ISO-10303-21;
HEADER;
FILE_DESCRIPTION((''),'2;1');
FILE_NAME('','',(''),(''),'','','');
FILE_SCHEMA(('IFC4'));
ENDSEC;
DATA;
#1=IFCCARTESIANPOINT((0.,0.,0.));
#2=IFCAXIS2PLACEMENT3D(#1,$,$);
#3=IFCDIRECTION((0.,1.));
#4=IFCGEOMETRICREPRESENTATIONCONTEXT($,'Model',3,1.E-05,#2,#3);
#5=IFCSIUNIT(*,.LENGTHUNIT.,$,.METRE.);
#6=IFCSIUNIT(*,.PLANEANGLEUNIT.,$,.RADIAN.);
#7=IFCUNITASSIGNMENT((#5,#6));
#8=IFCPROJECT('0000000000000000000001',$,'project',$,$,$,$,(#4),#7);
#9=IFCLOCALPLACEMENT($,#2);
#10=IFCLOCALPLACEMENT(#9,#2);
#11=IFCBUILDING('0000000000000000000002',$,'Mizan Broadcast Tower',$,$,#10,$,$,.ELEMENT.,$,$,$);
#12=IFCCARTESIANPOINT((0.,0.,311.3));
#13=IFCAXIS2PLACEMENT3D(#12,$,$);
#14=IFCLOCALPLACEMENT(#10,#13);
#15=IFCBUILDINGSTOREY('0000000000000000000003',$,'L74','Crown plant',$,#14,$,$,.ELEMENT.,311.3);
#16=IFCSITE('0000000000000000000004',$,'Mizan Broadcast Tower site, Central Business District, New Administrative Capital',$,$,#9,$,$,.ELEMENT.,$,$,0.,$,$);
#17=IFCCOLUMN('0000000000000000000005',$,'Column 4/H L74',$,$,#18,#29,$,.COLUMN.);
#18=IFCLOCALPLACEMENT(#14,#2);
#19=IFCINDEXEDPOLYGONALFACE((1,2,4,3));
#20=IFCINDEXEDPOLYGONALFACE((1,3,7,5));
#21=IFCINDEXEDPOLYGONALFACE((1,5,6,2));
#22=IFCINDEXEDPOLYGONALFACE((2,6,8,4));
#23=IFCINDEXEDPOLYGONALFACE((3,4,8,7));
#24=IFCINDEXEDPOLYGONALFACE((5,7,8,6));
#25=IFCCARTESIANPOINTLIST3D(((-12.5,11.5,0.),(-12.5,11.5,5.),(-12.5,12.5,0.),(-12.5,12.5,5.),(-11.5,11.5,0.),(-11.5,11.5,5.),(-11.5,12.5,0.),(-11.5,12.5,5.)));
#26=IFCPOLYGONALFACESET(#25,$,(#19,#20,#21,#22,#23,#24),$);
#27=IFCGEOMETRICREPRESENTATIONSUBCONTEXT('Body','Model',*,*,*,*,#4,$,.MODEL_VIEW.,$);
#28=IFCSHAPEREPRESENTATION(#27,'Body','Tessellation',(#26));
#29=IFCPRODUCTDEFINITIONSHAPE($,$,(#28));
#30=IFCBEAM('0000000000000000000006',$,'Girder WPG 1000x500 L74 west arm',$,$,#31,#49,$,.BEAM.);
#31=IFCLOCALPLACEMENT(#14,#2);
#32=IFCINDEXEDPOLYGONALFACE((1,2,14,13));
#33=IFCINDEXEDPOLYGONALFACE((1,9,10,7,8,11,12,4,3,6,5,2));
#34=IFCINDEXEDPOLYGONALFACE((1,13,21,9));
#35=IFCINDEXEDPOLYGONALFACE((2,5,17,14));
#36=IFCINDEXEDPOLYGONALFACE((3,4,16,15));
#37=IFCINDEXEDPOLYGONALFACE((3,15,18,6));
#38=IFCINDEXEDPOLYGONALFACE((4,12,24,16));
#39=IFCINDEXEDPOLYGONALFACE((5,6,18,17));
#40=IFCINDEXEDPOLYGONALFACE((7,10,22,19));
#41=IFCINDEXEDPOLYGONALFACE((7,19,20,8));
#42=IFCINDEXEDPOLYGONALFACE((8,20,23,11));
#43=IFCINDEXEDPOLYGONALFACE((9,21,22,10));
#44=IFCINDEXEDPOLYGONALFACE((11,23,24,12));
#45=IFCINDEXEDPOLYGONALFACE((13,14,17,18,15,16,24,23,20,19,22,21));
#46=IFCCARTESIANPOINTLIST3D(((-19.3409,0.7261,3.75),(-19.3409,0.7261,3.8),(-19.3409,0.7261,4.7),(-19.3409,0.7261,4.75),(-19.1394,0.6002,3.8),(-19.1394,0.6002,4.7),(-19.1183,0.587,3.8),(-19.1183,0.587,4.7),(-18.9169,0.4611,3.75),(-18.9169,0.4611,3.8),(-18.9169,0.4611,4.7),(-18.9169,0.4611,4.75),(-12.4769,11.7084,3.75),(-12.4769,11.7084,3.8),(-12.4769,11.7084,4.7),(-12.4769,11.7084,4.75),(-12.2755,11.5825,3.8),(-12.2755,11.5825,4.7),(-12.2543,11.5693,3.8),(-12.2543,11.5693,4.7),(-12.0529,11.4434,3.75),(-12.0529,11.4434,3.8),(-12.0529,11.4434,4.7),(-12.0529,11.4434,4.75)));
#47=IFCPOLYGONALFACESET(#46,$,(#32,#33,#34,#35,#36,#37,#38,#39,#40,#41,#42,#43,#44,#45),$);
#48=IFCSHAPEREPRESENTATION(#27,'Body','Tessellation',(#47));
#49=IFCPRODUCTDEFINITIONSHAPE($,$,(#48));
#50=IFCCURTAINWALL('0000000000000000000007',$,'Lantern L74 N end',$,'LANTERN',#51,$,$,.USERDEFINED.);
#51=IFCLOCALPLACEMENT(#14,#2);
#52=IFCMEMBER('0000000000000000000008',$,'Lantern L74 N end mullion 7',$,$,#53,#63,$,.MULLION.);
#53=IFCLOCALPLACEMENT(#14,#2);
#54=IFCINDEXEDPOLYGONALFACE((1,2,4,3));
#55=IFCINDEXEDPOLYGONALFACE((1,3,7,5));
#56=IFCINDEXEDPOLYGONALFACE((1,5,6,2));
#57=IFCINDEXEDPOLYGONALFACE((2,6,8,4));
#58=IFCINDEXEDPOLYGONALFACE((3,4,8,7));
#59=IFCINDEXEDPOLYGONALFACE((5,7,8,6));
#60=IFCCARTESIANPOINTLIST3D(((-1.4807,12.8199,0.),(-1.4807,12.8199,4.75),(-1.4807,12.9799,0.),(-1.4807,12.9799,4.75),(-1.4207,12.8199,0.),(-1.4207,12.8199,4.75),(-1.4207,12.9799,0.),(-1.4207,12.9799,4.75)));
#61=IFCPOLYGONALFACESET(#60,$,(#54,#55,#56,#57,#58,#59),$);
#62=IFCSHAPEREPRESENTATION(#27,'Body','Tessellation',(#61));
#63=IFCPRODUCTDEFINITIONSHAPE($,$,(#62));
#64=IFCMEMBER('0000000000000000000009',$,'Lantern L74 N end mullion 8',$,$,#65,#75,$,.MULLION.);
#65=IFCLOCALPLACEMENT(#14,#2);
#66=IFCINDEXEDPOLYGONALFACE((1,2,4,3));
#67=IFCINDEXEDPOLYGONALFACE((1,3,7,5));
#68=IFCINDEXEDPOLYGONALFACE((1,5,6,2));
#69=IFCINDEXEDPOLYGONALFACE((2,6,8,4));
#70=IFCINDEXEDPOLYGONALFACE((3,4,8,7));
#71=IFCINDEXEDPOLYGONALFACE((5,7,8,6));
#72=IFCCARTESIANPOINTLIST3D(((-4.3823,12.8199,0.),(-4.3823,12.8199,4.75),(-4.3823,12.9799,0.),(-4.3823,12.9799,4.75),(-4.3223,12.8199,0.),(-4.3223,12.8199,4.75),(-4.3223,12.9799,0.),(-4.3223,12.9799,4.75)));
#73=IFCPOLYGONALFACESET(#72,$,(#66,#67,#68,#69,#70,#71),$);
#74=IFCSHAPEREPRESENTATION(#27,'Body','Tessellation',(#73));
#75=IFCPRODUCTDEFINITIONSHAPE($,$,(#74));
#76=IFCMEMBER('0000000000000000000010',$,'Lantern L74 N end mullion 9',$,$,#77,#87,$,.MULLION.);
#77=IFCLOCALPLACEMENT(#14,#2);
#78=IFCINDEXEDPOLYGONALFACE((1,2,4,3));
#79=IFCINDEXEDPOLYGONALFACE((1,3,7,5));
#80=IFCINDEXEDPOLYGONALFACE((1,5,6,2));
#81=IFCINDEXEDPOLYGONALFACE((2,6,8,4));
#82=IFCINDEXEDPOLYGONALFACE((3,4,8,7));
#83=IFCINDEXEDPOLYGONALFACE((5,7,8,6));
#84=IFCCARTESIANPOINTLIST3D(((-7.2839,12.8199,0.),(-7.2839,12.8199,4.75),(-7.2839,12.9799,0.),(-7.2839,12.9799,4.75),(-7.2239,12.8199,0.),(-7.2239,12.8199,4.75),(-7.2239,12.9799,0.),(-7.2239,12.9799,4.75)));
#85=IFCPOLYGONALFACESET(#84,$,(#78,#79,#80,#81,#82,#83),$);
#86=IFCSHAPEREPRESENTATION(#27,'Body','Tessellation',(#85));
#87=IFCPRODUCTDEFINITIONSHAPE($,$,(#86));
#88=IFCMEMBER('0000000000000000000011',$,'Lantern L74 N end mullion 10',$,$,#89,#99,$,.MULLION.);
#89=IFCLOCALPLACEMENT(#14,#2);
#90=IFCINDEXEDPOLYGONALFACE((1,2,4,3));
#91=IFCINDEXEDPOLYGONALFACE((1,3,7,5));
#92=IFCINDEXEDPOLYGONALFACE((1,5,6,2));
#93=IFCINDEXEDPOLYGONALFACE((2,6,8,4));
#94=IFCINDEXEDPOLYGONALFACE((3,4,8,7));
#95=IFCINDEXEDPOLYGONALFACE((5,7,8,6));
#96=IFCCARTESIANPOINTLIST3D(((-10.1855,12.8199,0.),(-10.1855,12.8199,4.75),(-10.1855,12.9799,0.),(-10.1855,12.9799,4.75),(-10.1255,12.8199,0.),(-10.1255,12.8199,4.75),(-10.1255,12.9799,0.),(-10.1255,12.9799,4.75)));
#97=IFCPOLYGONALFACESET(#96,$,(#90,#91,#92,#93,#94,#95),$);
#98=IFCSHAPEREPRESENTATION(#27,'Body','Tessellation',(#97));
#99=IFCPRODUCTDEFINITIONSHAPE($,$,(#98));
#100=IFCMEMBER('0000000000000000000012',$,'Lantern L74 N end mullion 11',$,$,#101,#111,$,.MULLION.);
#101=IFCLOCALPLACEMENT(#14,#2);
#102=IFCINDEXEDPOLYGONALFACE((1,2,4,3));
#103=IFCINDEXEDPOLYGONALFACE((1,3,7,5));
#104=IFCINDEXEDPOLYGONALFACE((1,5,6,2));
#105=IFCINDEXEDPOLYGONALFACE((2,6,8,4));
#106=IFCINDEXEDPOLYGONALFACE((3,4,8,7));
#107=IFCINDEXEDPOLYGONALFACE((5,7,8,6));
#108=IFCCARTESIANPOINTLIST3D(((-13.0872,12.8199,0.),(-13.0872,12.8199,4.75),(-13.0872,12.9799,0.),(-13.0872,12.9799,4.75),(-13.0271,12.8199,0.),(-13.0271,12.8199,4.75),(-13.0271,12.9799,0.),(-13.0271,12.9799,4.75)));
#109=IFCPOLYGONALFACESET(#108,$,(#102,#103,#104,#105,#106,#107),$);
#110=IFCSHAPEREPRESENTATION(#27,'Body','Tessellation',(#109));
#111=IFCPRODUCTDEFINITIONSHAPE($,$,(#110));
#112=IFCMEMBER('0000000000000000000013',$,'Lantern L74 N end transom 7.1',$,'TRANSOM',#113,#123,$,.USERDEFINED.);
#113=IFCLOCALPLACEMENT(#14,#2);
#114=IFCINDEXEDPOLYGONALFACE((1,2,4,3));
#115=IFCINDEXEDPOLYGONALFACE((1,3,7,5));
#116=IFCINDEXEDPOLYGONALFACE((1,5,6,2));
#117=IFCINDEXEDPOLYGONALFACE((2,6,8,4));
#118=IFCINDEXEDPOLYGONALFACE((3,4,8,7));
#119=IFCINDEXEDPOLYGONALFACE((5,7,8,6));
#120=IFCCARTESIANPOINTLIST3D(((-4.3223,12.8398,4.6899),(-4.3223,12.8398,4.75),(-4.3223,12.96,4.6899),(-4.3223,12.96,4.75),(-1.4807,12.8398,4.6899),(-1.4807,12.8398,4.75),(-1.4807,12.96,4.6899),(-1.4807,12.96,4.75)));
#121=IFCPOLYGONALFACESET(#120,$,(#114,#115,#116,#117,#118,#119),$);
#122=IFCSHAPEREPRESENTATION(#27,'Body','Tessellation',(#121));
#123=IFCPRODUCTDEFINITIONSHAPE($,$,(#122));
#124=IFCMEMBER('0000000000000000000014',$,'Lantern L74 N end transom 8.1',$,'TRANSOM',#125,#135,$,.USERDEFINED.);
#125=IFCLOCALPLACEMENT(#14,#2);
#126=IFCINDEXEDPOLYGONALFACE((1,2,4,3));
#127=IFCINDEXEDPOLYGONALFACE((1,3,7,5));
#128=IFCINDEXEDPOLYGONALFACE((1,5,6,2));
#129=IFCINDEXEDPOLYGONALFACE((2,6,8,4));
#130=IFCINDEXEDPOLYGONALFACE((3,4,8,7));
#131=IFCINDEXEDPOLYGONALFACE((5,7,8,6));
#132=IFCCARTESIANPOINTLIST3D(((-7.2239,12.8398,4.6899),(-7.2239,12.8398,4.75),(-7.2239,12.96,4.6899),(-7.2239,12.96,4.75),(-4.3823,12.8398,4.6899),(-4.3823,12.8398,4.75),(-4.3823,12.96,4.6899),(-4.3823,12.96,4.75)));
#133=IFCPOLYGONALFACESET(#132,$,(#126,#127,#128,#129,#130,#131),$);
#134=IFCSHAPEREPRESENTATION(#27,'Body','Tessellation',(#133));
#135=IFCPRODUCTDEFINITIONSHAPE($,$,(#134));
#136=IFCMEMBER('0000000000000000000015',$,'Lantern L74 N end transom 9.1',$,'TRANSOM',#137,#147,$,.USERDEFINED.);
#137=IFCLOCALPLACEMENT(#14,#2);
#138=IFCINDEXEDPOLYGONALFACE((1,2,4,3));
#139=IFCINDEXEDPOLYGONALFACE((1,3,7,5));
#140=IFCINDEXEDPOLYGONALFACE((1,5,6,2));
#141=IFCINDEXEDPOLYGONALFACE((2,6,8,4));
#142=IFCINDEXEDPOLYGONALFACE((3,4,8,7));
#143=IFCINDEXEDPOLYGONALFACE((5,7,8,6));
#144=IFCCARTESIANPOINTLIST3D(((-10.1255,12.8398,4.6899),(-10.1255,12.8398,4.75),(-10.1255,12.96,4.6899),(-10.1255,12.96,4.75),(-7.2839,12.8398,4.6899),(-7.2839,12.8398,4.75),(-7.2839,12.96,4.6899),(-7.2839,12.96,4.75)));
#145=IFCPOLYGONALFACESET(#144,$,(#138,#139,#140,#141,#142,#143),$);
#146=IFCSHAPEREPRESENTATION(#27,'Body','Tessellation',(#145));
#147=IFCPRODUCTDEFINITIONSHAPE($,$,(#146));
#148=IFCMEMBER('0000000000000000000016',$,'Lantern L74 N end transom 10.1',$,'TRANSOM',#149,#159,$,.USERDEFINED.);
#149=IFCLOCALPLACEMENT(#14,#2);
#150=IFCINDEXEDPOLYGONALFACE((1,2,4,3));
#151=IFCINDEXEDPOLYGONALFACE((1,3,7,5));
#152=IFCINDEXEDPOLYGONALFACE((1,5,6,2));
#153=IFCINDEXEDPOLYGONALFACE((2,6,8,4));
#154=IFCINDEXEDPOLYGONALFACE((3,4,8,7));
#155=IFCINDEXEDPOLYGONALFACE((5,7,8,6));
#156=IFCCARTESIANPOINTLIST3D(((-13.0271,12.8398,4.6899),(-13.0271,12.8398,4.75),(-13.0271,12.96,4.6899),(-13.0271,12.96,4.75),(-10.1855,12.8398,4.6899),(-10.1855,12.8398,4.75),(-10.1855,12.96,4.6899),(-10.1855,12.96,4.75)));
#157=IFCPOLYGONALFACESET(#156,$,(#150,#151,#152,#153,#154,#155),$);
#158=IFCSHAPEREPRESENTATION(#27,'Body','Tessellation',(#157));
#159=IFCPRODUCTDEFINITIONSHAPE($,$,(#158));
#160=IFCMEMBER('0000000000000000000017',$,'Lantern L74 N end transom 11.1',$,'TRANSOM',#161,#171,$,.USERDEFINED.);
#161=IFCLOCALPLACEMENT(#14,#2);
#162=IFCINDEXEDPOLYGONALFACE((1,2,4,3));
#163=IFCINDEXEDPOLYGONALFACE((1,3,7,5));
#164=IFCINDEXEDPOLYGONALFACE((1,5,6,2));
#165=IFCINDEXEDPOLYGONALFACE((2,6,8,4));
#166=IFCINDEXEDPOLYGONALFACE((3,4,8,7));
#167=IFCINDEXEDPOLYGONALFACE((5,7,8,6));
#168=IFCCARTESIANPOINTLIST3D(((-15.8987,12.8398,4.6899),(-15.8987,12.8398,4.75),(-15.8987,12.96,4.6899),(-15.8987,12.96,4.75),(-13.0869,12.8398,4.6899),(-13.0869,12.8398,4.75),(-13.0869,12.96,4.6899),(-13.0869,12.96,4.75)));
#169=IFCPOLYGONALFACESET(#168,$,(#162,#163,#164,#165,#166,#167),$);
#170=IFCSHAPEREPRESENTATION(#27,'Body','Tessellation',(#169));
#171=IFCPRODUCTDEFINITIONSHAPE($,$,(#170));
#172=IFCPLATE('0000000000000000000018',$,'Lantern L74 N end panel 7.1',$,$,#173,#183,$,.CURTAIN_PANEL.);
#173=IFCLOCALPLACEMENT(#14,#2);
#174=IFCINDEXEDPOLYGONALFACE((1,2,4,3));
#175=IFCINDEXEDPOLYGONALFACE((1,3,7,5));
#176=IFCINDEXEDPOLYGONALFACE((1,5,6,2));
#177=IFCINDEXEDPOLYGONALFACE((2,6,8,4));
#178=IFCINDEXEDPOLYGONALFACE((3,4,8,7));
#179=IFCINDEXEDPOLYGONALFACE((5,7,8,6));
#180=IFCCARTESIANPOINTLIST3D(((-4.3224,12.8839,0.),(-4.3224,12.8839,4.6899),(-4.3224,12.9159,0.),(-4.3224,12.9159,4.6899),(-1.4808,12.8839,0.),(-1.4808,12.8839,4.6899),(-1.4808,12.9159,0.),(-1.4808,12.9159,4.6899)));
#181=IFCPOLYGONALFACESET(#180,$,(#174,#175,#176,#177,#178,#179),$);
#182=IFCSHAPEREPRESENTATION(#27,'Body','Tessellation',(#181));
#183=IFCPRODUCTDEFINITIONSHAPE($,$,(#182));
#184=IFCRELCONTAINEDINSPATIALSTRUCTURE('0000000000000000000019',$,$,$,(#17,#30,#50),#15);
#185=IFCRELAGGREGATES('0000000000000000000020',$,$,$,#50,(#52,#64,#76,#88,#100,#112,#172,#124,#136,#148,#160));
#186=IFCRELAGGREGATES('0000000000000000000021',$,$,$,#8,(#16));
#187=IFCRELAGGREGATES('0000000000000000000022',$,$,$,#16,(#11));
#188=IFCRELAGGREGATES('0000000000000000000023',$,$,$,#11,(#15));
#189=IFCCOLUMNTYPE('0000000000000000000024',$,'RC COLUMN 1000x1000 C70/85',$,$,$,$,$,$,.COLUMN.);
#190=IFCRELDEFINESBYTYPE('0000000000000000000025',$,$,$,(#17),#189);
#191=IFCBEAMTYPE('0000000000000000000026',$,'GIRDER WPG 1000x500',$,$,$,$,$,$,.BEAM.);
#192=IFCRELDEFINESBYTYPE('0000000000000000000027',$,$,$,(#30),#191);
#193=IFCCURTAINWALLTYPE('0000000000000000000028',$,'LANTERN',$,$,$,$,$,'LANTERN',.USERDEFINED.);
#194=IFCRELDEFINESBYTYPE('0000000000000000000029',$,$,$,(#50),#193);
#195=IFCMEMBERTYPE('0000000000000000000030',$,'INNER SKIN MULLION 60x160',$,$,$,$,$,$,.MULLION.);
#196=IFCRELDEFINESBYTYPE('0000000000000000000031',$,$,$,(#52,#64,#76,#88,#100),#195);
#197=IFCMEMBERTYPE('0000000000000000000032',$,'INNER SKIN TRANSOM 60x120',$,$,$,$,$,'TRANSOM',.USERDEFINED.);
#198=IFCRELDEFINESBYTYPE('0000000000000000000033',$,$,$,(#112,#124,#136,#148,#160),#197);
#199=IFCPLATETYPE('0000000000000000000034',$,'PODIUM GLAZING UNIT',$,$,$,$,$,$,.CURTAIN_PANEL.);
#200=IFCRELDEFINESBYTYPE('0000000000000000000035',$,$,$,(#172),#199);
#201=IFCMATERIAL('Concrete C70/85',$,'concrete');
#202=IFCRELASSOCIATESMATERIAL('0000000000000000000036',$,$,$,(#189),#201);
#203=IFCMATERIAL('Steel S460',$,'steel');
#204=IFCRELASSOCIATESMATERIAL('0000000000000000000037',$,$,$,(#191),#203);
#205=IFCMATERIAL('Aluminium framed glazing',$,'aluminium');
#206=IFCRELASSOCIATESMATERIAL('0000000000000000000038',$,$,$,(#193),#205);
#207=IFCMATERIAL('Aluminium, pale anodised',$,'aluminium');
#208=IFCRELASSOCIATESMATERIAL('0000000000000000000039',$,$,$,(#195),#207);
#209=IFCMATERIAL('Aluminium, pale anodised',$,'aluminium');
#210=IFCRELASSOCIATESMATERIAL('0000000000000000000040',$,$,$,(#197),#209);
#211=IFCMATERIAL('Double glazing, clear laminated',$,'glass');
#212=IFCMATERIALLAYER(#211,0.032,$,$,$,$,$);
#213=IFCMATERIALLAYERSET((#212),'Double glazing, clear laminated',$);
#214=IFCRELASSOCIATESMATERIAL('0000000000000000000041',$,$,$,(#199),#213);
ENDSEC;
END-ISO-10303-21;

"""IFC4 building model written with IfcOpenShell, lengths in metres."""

from ifc_helpers import new_model, si_unit, direction, frame, origin, origin_2d, place, context, subcontext, project, spatial, rectangle, i_section, extrude, material, layer, layer_set, material_profile, profile_set, type_object, element, aggregate, save


model = new_model("IFC4")

# Units and contexts
model_context = context("Model", 3, precision=1e-05, world=origin(), true_north=direction((0.0, 1.0)))
body_context = subcontext(model_context, "Body", "Model", "MODEL_VIEW")
ifc_project = project(units=[si_unit("LENGTHUNIT", "METRE"), si_unit("PLANEANGLEUNIT", "RADIAN")], contexts=[model_context])

# Site, building, storey
site_placement = place(None, origin())
site = spatial("IfcSite", under=ifc_project, at=site_placement, Name="Mizan Broadcast Tower site, Central Business District, New Administrative Capital", CompositionType="ELEMENT", RefElevation=0.0)
building_placement = place(site_placement, origin())
building = spatial("IfcBuilding", under=site, at=building_placement, Name="Mizan Broadcast Tower", CompositionType="ELEMENT")
storey_placement = place(building_placement, frame((0.0, 0.0, 311.3)))
storey = spatial("IfcBuildingStorey", under=building, at=storey_placement, Name="L74", Description="Crown plant", CompositionType="ELEMENT", Elevation=311.3)

# Column
ifc_material_1 = material(Name="Concrete C70/85", Category="concrete")
ifc_material_profile_1 = material_profile(ifc_material_1, rectangle(XDim=1.0, YDim=1.0, at=origin_2d()), Name="RC 1000x1000")
ifc_profile_set_1 = profile_set([ifc_material_profile_1], Name="Concrete C70/85")
column_type = type_object("IfcColumnType", Name="RC COLUMN 1000x1000 C70/85", PredefinedType="COLUMN", material=ifc_profile_set_1)
column_placement = place(storey_placement, frame((-12.0, 12.0, 0.0), z_axis=(0.0, 0.0, 1.0), x_axis=(1.0, 0.0, 0.0)))
element("IfcColumn", 1, at=column_placement, inside=storey, type_object=column_type, Name="Column 4/H L74", PredefinedType="COLUMN", context=body_context, shape_type="SweptSolid", body=[
    extrude(rectangle(XDim=1.0, YDim=1.0, at=origin_2d()), origin(), (0.0, 0.0, 1.0), 5.0),
])

# Beam
ifc_material_2 = material(Name="Steel S460", Category="steel")
ifc_material_profile_2 = material_profile(ifc_material_2, i_section(OverallWidth=0.5, OverallDepth=1.0, WebThickness=0.0249, FlangeThickness=0.05, at=origin_2d()), Name="WPG 1000x500")
ifc_profile_set_2 = profile_set([ifc_material_profile_2], Name="Steel S460")
beam_type = type_object("IfcBeamType", Name="GIRDER WPG 1000x500", PredefinedType="BEAM", material=ifc_profile_set_2)
beam_placement = place(storey_placement, frame((-12.2649, 11.5759, 4.25), z_axis=(-0.529999, -0.847998, 0.0), x_axis=(0.847998, -0.529999, 0.0)))
element("IfcBeam", 2, at=beam_placement, inside=storey, type_object=beam_type, Name="Girder WPG 1000x500 L74 west arm", PredefinedType="BEAM", context=body_context, shape_type="SweptSolid", body=[
    extrude(i_section(OverallWidth=0.5, OverallDepth=1.0, WebThickness=0.0249, FlangeThickness=0.05, at=origin_2d()), origin(), (0.0, 0.0, 1.0), 12.9509),
])

# Curtain wall, members, plate
ifc_material_3 = material(Name="Aluminium framed glazing", Category="aluminium")
curtain_wall_type = type_object("IfcCurtainWallType", Name="LANTERN", ElementType="LANTERN", PredefinedType="USERDEFINED", material=ifc_material_3)
curtain_wall_placement = place(storey_placement, origin())
curtain_wall = element("IfcCurtainWall", 3, at=curtain_wall_placement, inside=storey, type_object=curtain_wall_type, Name="Lantern L74 N end", ObjectType="LANTERN", PredefinedType="USERDEFINED")
ifc_material_4 = material(Name="Aluminium, pale anodised", Category="aluminium")
ifc_material_profile_3 = material_profile(ifc_material_4, rectangle(XDim=0.1599, YDim=0.0601, at=origin_2d()), Name="MULLION 160x60")
ifc_profile_set_3 = profile_set([ifc_material_profile_3], Name="Aluminium, pale anodised")
member_type_1 = type_object("IfcMemberType", Name="INNER SKIN MULLION 60x160", PredefinedType="MULLION", material=ifc_profile_set_3)
member_1_placement = place(storey_placement, frame((-1.4507, 12.8999, 0.0), z_axis=(0.0, 0.0, 1.0), x_axis=(0.0, -1.0, 0.0)))
member_1 = element("IfcMember", 4, at=member_1_placement, type_object=member_type_1, Name="Lantern L74 N end mullion 7", PredefinedType="MULLION", context=body_context, shape_type="SweptSolid", body=[
    extrude(rectangle(XDim=0.1599, YDim=0.0601, at=origin_2d()), origin(), (0.0, 0.0, 1.0), 4.75),
])
member_2_placement = place(storey_placement, frame((-4.3523, 12.8999, 0.0), z_axis=(0.0, 0.0, 1.0), x_axis=(0.0, -1.0, 0.0)))
member_2 = element("IfcMember", 5, at=member_2_placement, type_object=member_type_1, Name="Lantern L74 N end mullion 8", PredefinedType="MULLION", context=body_context, shape_type="SweptSolid", body=[
    extrude(rectangle(XDim=0.1599, YDim=0.0601, at=origin_2d()), origin(), (0.0, 0.0, 1.0), 4.75),
])
member_3_placement = place(storey_placement, frame((-7.2539, 12.8999, 0.0), z_axis=(0.0, 0.0, 1.0), x_axis=(0.0, -1.0, 0.0)))
member_3 = element("IfcMember", 6, at=member_3_placement, type_object=member_type_1, Name="Lantern L74 N end mullion 9", PredefinedType="MULLION", context=body_context, shape_type="SweptSolid", body=[
    extrude(rectangle(XDim=0.1599, YDim=0.0601, at=origin_2d()), origin(), (0.0, 0.0, 1.0), 4.75),
])
member_4_placement = place(storey_placement, frame((-10.1555, 12.8999, 0.0), z_axis=(0.0, 0.0, 1.0), x_axis=(0.0, -1.0, 0.0)))
member_4 = element("IfcMember", 7, at=member_4_placement, type_object=member_type_1, Name="Lantern L74 N end mullion 10", PredefinedType="MULLION", context=body_context, shape_type="SweptSolid", body=[
    extrude(rectangle(XDim=0.1599, YDim=0.0601, at=origin_2d()), origin(), (0.0, 0.0, 1.0), 4.75),
])
member_5_placement = place(storey_placement, frame((-13.0571, 12.8999, 0.0), z_axis=(0.0, 0.0, 1.0), x_axis=(0.0, -1.0, 0.0)))
member_5 = element("IfcMember", 8, at=member_5_placement, type_object=member_type_1, Name="Lantern L74 N end mullion 11", PredefinedType="MULLION", context=body_context, shape_type="SweptSolid", body=[
    extrude(rectangle(XDim=0.1599, YDim=0.0601, at=origin_2d()), origin(), (0.0, 0.0, 1.0), 4.75),
])
ifc_material_5 = material(Name="Aluminium, pale anodised", Category="aluminium")
ifc_material_profile_4 = material_profile(ifc_material_5, rectangle(XDim=0.1201, YDim=0.0601, at=origin_2d()), Name="TRANSOM 120x60")
ifc_profile_set_4 = profile_set([ifc_material_profile_4], Name="Aluminium, pale anodised")
member_type_2 = type_object("IfcMemberType", Name="INNER SKIN TRANSOM 60x120", ElementType="TRANSOM", PredefinedType="USERDEFINED", material=ifc_profile_set_4)
member_6_placement = place(storey_placement, frame((-1.4807, 12.8999, 4.72), z_axis=(-1.0, 0.0, 0.0), x_axis=(0.0, -1.0, 0.0)))
member_6 = element("IfcMember", 9, at=member_6_placement, type_object=member_type_2, Name="Lantern L74 N end transom 7.1", ObjectType="TRANSOM", PredefinedType="USERDEFINED", context=body_context, shape_type="SweptSolid", body=[
    extrude(rectangle(XDim=0.1201, YDim=0.0601, at=origin_2d()), origin(), (0.0, 0.0, 1.0), 2.8416),
])
member_7_placement = place(storey_placement, frame((-4.3823, 12.8999, 4.72), z_axis=(-1.0, 0.0, 0.0), x_axis=(0.0, -1.0, 0.0)))
member_7 = element("IfcMember", 10, at=member_7_placement, type_object=member_type_2, Name="Lantern L74 N end transom 8.1", ObjectType="TRANSOM", PredefinedType="USERDEFINED", context=body_context, shape_type="SweptSolid", body=[
    extrude(rectangle(XDim=0.1201, YDim=0.0601, at=origin_2d()), origin(), (0.0, 0.0, 1.0), 2.8416),
])
member_8_placement = place(storey_placement, frame((-7.2839, 12.8999, 4.72), z_axis=(-1.0, 0.0, 0.0), x_axis=(0.0, -1.0, 0.0)))
member_8 = element("IfcMember", 11, at=member_8_placement, type_object=member_type_2, Name="Lantern L74 N end transom 9.1", ObjectType="TRANSOM", PredefinedType="USERDEFINED", context=body_context, shape_type="SweptSolid", body=[
    extrude(rectangle(XDim=0.1201, YDim=0.0601, at=origin_2d()), origin(), (0.0, 0.0, 1.0), 2.8416),
])
member_9_placement = place(storey_placement, frame((-10.1855, 12.8999, 4.72), z_axis=(-1.0, 0.0, 0.0), x_axis=(0.0, -1.0, 0.0)))
member_9 = element("IfcMember", 12, at=member_9_placement, type_object=member_type_2, Name="Lantern L74 N end transom 10.1", ObjectType="TRANSOM", PredefinedType="USERDEFINED", context=body_context, shape_type="SweptSolid", body=[
    extrude(rectangle(XDim=0.1201, YDim=0.0601, at=origin_2d()), origin(), (0.0, 0.0, 1.0), 2.8416),
])
member_10_placement = place(storey_placement, frame((-13.0869, 12.8999, 4.72), z_axis=(-1.0, 0.0, 0.0), x_axis=(0.0, -1.0, 0.0)))
member_10 = element("IfcMember", 13, at=member_10_placement, type_object=member_type_2, Name="Lantern L74 N end transom 11.1", ObjectType="TRANSOM", PredefinedType="USERDEFINED", context=body_context, shape_type="SweptSolid", body=[
    extrude(rectangle(XDim=0.1201, YDim=0.0601, at=origin_2d()), origin(), (0.0, 0.0, 1.0), 2.8118),
])
ifc_material_6 = material(Name="Double glazing, clear laminated", Category="glass")
ifc_layer = layer(ifc_material_6, 0.032)
ifc_layer_set = layer_set([ifc_layer], Name="Double glazing, clear laminated")
plate_type = type_object("IfcPlateType", Name="PODIUM GLAZING UNIT", PredefinedType="CURTAIN_PANEL", material=ifc_layer_set)
plate_1_placement = place(storey_placement, frame((-2.9016, 12.8999, 0.0), z_axis=(0.0, 0.0, 1.0), x_axis=(-1.0, 0.0, 0.0)))
plate_1 = element("IfcPlate", 14, at=plate_1_placement, type_object=plate_type, Name="Lantern L74 N end panel 7.1", PredefinedType="CURTAIN_PANEL", context=body_context, shape_type="SweptSolid", body=[
    extrude(rectangle(XDim=2.8416, YDim=0.032, at=origin_2d()), origin(), (0.0, 0.0, 1.0), 4.6899),
])
aggregate(curtain_wall, [member_1, member_2, member_3, member_4, member_5, member_6, plate_1, member_7, member_8, member_9, member_10])

save(model, "model.ifc")
